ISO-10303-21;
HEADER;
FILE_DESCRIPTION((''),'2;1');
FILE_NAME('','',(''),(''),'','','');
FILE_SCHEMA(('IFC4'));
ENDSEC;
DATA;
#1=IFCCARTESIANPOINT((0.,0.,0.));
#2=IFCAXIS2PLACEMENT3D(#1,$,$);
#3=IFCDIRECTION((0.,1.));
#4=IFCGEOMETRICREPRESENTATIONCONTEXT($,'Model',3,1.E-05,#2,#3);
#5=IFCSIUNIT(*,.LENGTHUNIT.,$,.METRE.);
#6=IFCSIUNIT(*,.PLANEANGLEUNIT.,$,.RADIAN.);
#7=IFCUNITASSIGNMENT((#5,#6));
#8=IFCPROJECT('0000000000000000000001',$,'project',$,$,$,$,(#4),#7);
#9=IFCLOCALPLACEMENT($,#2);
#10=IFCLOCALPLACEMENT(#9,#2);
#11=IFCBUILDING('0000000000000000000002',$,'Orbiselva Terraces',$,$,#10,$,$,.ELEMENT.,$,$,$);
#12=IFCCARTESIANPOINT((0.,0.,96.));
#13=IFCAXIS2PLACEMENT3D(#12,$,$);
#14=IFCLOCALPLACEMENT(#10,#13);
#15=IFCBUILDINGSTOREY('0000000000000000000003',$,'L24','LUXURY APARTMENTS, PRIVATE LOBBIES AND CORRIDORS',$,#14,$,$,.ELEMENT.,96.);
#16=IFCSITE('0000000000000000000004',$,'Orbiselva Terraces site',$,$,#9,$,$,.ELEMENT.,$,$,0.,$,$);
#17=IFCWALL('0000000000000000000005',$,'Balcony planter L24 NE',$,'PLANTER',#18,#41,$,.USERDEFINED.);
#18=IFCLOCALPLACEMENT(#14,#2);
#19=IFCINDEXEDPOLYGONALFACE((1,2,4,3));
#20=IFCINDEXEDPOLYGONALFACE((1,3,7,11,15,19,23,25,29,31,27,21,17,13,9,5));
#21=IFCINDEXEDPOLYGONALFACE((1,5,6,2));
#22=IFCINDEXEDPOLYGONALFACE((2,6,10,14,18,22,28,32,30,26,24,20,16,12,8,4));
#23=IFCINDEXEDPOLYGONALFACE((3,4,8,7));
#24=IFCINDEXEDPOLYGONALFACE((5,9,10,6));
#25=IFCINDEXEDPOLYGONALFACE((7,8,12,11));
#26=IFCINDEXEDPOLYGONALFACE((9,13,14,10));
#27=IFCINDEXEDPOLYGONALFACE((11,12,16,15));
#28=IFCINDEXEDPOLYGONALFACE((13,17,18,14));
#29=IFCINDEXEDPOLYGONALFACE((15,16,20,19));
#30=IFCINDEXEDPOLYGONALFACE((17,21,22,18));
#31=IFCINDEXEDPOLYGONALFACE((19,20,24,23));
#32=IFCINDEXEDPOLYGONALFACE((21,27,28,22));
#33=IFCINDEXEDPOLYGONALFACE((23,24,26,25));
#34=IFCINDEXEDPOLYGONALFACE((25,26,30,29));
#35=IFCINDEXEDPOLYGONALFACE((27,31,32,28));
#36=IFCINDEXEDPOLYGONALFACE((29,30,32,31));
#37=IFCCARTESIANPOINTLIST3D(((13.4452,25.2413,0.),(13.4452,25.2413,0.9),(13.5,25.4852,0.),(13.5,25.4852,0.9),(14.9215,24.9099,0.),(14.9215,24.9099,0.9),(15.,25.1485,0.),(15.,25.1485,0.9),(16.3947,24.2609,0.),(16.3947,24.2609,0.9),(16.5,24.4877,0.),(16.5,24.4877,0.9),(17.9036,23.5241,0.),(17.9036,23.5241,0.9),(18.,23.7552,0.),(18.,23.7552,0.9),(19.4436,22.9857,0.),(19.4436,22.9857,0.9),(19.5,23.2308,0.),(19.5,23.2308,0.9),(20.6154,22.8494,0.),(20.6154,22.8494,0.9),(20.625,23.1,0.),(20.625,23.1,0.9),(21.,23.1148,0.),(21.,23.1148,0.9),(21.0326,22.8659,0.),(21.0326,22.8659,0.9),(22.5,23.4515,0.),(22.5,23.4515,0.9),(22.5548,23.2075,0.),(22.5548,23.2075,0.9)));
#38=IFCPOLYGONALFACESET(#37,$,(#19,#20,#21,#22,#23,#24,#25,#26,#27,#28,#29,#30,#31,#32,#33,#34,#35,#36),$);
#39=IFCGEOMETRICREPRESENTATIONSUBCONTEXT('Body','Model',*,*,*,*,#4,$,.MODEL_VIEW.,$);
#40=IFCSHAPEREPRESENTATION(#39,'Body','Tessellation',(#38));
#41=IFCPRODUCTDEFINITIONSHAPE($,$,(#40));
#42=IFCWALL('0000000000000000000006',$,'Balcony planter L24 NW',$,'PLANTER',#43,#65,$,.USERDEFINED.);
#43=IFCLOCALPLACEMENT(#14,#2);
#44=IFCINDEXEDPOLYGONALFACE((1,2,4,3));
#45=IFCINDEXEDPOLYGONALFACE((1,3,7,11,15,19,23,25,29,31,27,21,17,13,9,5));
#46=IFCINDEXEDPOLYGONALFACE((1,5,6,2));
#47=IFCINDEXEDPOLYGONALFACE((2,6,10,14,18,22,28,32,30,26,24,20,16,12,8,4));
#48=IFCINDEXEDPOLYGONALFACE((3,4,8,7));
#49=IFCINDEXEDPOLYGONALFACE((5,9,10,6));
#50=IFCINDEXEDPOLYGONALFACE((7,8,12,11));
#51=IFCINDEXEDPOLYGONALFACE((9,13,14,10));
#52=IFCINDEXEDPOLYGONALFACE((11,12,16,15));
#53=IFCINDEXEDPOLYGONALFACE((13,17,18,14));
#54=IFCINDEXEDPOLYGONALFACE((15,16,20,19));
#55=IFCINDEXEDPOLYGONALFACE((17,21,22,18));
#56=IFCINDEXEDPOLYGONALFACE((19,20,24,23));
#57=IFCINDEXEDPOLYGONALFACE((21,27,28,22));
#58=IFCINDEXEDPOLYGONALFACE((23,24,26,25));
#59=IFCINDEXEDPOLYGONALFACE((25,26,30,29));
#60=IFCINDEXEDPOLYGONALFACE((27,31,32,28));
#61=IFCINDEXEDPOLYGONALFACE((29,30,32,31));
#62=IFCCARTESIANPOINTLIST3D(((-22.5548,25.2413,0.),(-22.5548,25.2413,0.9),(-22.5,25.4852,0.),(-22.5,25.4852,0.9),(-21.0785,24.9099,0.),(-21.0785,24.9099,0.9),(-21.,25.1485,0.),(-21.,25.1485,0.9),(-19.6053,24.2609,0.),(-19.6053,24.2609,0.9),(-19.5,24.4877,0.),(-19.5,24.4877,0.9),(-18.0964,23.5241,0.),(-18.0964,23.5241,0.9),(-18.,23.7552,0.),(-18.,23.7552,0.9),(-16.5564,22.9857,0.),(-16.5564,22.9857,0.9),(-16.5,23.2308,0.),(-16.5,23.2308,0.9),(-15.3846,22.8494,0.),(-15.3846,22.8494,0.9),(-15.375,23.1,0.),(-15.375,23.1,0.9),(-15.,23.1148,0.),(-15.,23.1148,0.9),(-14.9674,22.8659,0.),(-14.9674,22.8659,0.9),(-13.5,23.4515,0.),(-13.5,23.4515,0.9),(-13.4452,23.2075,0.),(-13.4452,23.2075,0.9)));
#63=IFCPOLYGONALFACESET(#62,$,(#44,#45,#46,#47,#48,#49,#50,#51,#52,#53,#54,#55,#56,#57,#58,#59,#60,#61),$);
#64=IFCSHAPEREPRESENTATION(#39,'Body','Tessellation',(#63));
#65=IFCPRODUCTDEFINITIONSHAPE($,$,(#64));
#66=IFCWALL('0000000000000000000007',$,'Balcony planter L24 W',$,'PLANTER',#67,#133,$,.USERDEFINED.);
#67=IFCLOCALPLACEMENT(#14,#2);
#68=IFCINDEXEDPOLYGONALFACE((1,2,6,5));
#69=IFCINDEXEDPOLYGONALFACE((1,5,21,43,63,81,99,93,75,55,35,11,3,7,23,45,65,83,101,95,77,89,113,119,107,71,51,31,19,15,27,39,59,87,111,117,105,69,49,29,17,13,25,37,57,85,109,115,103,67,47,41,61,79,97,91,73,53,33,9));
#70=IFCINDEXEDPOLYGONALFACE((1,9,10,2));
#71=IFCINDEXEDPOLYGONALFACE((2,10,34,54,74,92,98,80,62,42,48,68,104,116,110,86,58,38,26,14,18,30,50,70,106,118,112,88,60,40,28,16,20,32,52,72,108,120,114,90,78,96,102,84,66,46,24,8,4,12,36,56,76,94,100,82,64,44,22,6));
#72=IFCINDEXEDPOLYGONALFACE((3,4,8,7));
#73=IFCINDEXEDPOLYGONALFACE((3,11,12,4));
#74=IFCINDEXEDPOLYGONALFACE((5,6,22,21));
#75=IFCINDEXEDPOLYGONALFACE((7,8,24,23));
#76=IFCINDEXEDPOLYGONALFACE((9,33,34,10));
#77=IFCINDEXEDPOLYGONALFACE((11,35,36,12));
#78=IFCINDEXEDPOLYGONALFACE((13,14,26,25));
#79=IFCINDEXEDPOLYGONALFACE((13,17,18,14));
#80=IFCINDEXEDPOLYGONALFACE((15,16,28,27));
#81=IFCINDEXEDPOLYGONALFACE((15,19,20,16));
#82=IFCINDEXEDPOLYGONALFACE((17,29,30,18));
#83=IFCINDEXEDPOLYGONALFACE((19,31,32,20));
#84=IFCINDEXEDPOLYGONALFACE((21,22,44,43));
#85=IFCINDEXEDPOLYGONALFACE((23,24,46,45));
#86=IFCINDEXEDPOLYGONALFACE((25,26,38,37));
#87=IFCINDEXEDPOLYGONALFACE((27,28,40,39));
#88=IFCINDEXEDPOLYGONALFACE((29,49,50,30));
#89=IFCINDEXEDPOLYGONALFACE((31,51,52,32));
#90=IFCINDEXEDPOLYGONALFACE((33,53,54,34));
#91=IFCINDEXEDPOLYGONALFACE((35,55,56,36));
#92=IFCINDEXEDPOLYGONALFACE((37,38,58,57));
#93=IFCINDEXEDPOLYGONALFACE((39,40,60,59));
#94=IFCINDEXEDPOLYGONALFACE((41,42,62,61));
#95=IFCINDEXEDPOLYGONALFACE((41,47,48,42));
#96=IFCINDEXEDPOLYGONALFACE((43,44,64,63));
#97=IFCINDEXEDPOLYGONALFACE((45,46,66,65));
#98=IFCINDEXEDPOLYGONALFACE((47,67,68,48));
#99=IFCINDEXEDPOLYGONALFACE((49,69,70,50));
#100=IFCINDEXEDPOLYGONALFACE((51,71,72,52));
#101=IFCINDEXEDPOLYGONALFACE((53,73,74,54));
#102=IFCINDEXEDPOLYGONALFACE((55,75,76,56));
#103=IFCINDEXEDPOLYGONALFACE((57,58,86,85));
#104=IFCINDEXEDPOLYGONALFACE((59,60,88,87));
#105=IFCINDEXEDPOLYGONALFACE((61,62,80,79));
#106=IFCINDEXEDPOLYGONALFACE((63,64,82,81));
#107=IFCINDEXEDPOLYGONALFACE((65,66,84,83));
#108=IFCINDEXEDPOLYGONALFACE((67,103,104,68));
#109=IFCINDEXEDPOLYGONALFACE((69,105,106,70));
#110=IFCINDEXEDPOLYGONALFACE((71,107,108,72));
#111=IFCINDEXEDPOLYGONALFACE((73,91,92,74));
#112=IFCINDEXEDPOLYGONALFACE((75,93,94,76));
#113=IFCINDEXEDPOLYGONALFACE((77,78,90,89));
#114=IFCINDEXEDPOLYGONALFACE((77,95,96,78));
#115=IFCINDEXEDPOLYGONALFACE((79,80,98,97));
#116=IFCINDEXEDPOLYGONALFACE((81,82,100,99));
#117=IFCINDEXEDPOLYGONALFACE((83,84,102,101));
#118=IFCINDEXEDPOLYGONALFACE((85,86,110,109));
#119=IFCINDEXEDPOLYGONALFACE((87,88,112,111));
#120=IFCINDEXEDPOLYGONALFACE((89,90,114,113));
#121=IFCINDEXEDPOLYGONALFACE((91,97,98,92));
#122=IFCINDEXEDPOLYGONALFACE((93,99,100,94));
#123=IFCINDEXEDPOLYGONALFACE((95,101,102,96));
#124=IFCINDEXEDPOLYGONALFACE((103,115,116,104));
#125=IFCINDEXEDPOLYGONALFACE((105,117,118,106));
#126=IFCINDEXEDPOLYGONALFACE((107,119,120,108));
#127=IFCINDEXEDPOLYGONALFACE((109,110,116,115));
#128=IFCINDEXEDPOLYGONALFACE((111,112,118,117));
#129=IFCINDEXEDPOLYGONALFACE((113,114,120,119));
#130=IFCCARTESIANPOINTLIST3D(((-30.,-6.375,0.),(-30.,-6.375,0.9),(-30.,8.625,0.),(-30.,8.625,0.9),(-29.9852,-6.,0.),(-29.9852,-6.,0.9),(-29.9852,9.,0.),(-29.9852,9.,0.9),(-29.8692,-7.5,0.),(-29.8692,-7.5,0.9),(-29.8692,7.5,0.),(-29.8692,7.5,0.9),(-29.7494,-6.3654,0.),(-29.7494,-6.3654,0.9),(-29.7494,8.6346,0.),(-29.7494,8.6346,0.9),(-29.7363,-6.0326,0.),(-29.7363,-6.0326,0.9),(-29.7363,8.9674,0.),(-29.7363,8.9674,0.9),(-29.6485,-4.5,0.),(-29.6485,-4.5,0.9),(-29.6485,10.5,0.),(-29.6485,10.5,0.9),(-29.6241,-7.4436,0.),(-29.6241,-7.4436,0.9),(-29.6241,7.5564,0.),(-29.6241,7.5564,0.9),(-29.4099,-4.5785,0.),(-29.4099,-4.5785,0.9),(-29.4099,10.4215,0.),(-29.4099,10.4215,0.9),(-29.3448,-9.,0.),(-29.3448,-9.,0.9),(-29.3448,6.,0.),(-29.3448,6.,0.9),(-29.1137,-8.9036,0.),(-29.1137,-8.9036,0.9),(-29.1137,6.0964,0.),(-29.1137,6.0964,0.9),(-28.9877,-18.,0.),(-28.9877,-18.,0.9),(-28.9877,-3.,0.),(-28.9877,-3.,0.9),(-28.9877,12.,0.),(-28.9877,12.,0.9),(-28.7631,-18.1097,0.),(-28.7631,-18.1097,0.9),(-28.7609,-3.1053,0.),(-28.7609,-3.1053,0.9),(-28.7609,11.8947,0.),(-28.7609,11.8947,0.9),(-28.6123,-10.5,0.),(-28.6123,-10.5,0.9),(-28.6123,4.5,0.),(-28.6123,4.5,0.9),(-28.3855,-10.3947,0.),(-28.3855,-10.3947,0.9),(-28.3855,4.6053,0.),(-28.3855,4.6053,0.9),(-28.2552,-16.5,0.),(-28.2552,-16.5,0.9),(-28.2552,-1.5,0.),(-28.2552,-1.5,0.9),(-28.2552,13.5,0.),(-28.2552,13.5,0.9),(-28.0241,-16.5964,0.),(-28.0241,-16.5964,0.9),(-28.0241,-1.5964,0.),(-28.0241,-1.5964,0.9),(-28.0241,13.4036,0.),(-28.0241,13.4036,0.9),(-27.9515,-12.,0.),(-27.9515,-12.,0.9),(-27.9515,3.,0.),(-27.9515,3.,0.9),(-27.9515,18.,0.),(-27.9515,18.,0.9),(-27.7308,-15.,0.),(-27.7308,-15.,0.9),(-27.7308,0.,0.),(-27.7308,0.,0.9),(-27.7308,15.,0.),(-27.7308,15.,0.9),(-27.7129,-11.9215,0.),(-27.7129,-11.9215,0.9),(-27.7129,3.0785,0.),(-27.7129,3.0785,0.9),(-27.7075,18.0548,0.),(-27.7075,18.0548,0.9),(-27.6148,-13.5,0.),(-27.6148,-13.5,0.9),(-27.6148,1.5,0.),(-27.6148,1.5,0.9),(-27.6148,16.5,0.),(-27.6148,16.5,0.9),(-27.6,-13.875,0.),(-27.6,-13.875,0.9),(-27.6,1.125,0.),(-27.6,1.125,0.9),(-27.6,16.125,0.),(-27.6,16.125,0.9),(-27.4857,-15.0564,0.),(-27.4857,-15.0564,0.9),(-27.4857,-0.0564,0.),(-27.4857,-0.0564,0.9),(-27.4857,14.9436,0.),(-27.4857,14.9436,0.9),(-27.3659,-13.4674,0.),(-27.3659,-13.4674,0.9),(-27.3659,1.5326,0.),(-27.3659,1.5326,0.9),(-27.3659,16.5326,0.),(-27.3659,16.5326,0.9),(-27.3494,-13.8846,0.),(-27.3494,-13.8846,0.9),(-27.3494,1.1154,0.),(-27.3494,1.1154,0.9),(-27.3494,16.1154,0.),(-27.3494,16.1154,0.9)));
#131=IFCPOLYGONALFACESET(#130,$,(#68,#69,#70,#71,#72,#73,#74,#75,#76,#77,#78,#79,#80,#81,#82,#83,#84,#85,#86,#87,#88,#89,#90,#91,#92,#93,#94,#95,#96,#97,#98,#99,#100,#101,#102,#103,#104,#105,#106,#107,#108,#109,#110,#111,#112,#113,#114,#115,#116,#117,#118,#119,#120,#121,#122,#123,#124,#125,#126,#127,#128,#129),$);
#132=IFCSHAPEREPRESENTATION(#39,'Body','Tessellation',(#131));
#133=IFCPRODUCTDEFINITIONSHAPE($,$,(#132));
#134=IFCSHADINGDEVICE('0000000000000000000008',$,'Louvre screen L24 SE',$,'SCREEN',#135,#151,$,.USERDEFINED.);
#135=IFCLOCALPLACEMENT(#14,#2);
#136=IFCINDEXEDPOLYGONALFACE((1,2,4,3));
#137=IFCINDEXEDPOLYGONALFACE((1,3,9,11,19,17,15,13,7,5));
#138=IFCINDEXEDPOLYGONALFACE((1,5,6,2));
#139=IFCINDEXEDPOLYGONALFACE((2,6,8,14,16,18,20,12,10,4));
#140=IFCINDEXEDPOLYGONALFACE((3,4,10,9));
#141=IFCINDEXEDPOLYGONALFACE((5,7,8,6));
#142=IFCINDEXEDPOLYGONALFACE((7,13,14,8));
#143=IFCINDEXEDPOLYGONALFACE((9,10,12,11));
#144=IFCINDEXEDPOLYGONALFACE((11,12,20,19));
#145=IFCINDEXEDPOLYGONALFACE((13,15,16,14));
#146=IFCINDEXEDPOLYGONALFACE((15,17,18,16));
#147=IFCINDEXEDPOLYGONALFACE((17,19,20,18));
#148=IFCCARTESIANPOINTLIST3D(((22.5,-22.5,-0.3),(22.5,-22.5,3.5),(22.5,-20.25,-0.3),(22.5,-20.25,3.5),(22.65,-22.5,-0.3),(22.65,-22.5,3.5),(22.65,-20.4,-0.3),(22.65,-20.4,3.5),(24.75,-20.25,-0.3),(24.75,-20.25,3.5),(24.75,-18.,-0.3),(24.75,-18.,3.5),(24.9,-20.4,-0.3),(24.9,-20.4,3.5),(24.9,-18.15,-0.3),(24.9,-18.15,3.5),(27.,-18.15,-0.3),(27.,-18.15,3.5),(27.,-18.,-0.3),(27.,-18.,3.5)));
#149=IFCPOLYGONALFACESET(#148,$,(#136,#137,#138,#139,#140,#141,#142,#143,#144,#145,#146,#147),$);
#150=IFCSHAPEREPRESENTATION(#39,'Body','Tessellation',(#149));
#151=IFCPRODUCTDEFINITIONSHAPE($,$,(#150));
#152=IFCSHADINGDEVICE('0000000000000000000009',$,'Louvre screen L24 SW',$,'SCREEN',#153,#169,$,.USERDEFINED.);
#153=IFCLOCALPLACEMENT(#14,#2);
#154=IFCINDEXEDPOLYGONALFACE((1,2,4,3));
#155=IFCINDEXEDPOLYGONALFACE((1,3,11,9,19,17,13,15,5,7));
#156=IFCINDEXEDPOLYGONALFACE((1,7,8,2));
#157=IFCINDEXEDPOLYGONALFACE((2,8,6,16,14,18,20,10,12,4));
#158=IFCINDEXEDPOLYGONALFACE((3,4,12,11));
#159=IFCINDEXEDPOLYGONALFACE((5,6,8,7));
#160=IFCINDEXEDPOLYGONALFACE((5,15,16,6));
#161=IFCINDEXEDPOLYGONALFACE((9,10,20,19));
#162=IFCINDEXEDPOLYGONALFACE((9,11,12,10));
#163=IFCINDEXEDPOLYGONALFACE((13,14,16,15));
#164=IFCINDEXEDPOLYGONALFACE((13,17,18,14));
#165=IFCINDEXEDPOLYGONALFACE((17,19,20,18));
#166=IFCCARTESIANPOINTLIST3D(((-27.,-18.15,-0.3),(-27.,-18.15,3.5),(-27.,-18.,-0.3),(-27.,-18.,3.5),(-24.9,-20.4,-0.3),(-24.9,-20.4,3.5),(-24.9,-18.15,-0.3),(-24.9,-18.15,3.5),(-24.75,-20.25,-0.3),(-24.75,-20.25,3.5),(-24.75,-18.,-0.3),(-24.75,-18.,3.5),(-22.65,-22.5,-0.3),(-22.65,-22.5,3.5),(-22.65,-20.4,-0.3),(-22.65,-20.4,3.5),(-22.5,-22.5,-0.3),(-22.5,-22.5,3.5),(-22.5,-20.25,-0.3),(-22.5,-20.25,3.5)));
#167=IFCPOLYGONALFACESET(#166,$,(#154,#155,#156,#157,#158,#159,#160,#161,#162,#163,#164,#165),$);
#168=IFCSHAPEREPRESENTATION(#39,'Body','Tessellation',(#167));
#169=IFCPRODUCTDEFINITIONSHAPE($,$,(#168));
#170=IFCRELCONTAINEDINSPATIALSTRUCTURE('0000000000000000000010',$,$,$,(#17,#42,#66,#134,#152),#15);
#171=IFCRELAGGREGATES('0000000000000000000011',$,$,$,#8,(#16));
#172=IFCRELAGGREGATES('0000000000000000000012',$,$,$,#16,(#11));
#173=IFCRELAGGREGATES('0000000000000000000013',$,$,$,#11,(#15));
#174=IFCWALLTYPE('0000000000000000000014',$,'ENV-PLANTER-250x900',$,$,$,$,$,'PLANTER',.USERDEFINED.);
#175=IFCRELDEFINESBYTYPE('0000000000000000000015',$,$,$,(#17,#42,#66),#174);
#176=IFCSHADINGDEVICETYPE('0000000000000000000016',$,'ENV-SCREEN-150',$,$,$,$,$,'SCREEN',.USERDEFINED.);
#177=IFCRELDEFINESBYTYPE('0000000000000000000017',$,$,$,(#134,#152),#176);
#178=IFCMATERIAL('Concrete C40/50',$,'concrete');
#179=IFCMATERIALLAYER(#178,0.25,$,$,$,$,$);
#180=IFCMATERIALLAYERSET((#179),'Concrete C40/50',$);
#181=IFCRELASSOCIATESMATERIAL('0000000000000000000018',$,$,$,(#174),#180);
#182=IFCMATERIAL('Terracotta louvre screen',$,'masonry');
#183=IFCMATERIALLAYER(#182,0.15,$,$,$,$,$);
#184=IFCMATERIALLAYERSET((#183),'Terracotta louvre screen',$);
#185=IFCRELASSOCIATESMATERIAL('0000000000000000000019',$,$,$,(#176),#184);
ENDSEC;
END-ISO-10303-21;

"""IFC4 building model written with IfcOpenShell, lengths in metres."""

from ifc_helpers import new_model, si_unit, direction, frame, origin, place, context, subcontext, project, spatial, polyline, outline, extrude, material, layer, layer_set, type_object, element, save


model = new_model("IFC4")

# Units and contexts
model_context = context("Model", 3, precision=1e-05, world=origin(), true_north=direction((0.0, 1.0)))
body_context = subcontext(model_context, "Body", "Model", "MODEL_VIEW")
ifc_project = project(units=[si_unit("LENGTHUNIT", "METRE"), si_unit("PLANEANGLEUNIT", "RADIAN")], contexts=[model_context])

# Site, building, storey
site_placement = place(None, origin())
site = spatial("IfcSite", under=ifc_project, at=site_placement, Name="Orbiselva Terraces site", CompositionType="ELEMENT", RefElevation=0.0)
building_placement = place(site_placement, origin())
building = spatial("IfcBuilding", under=site, at=building_placement, Name="Orbiselva Terraces", CompositionType="ELEMENT")
storey_placement = place(building_placement, frame((0.0, 0.0, 96.0)))
storey = spatial("IfcBuildingStorey", under=building, at=storey_placement, Name="L24", Description="LUXURY APARTMENTS, PRIVATE LOBBIES AND CORRIDORS", CompositionType="ELEMENT", Elevation=96.0)

# Shared definitions
ifc_material_1 = material(Name="Concrete C40/50", Category="concrete")

# Walls
ifc_layer_1 = layer(ifc_material_1, 0.25)
ifc_layer_set_1 = layer_set([ifc_layer_1], Name="Concrete C40/50")
wall_type = type_object("IfcWallType", Name="ENV-PLANTER-250x900", ElementType="PLANTER", PredefinedType="USERDEFINED", material=ifc_layer_set_1)
wall_1_placement = place(storey_placement, origin())
element("IfcWall", 1, at=wall_1_placement, inside=storey, type_object=wall_type, Name="Balcony planter L24 NE", ObjectType="PLANTER", PredefinedType="USERDEFINED", context=body_context, shape_type="SweptSolid", body=[
    extrude(outline(polyline([(22.5, 23.4515), (21.0, 23.1148), (20.625, 23.1), (19.5, 23.2308), (18.0, 23.7552), (16.5, 24.4877), (15.0, 25.1485), (13.5, 25.4852), (13.4452, 25.2413), (14.9215, 24.9099), (16.3947, 24.2609), (17.9036, 23.5241), (19.4436, 22.9857), (20.6154, 22.8494), (21.0326, 22.8659), (22.5548, 23.2075), (22.5, 23.4515)])), origin(), (0.0, 0.0, 1.0), 0.9),
])
wall_2_placement = place(storey_placement, origin())
element("IfcWall", 2, at=wall_2_placement, inside=storey, type_object=wall_type, Name="Balcony planter L24 NW", ObjectType="PLANTER", PredefinedType="USERDEFINED", context=body_context, shape_type="SweptSolid", body=[
    extrude(outline(polyline([(-13.5, 23.4515), (-15.0, 23.1148), (-15.375, 23.1), (-16.5, 23.2308), (-18.0, 23.7552), (-19.5, 24.4877), (-21.0, 25.1485), (-22.5, 25.4852), (-22.5548, 25.2413), (-21.0785, 24.9099), (-19.6053, 24.2609), (-18.0964, 23.5241), (-16.5564, 22.9857), (-15.3846, 22.8494), (-14.9674, 22.8659), (-13.4452, 23.2075), (-13.5, 23.4515)])), origin(), (0.0, 0.0, 1.0), 0.9),
])
wall_3_placement = place(storey_placement, origin())
element("IfcWall", 3, at=wall_3_placement, inside=storey, type_object=wall_type, Name="Balcony planter L24 W", ObjectType="PLANTER", PredefinedType="USERDEFINED", context=body_context, shape_type="SweptSolid", body=[
    extrude(outline(polyline([(-27.9515, 18.0), (-27.6148, 16.5), (-27.6, 16.125), (-27.7308, 15.0), (-28.2552, 13.5), (-28.9877, 12.0), (-29.6485, 10.5), (-29.9852, 9.0), (-30.0, 8.625), (-29.8692, 7.5), (-29.3448, 6.0), (-28.6123, 4.5), (-27.9515, 3.0), (-27.6148, 1.5), (-27.6, 1.125), (-27.7308, 0.0), (-28.2552, -1.5), (-28.9877, -3.0), (-29.6485, -4.5), (-29.9852, -6.0), (-30.0, -6.375), (-29.8692, -7.5), (-29.3448, -9.0), (-28.6123, -10.5), (-27.9515, -12.0), (-27.6148, -13.5), (-27.6, -13.875), (-27.7308, -15.0), (-28.2552, -16.5), (-28.9877, -18.0), (-28.7631, -18.1097), (-28.0241, -16.5964), (-27.4857, -15.0564), (-27.3494, -13.8846), (-27.3659, -13.4674), (-27.7129, -11.9215), (-28.3855, -10.3947), (-29.1137, -8.9036), (-29.6241, -7.4436), (-29.7494, -6.3654), (-29.7363, -6.0326), (-29.4099, -4.5785), (-28.7609, -3.1053), (-28.0241, -1.5964), (-27.4857, -0.0564), (-27.3494, 1.1154), (-27.3659, 1.5326), (-27.7129, 3.0785), (-28.3855, 4.6053), (-29.1137, 6.0964), (-29.6241, 7.5564), (-29.7494, 8.6346), (-29.7363, 8.9674), (-29.4099, 10.4215), (-28.7609, 11.8947), (-28.0241, 13.4036), (-27.4857, 14.9436), (-27.3494, 16.1154), (-27.3659, 16.5326), (-27.7075, 18.0548), (-27.9515, 18.0)])), origin(), (0.0, 0.0, 1.0), 0.9),
])

# Shading devices
ifc_material_2 = material(Name="Terracotta louvre screen", Category="masonry")
ifc_layer_2 = layer(ifc_material_2, 0.15)
ifc_layer_set_2 = layer_set([ifc_layer_2], Name="Terracotta louvre screen")
shading_device_type = type_object("IfcShadingDeviceType", Name="ENV-SCREEN-150", ElementType="SCREEN", PredefinedType="USERDEFINED", material=ifc_layer_set_2)
shading_device_1_placement = place(storey_placement, frame((0.0, 0.0, -0.3)))
element("IfcShadingDevice", 4, at=shading_device_1_placement, inside=storey, type_object=shading_device_type, Name="Louvre screen L24 SE", ObjectType="SCREEN", PredefinedType="USERDEFINED", context=body_context, shape_type="SweptSolid", body=[
    extrude(outline(polyline([(22.65, -22.5), (22.65, -20.4), (24.9, -20.4), (24.9, -18.15), (27.0, -18.15), (27.0, -18.0), (24.75, -18.0), (24.75, -20.25), (22.5, -20.25), (22.5, -22.5), (22.65, -22.5)])), origin(), (0.0, 0.0, 1.0), 3.8),
])
shading_device_2_placement = place(storey_placement, frame((0.0, 0.0, -0.3)))
element("IfcShadingDevice", 5, at=shading_device_2_placement, inside=storey, type_object=shading_device_type, Name="Louvre screen L24 SW", ObjectType="SCREEN", PredefinedType="USERDEFINED", context=body_context, shape_type="SweptSolid", body=[
    extrude(outline(polyline([(-27.0, -18.15), (-24.9, -18.15), (-24.9, -20.4), (-22.65, -20.4), (-22.65, -22.5), (-22.5, -22.5), (-22.5, -20.25), (-24.75, -20.25), (-24.75, -18.0), (-27.0, -18.0), (-27.0, -18.15)])), origin(), (0.0, 0.0, 1.0), 3.8),
])

save(model, "model.ifc")
